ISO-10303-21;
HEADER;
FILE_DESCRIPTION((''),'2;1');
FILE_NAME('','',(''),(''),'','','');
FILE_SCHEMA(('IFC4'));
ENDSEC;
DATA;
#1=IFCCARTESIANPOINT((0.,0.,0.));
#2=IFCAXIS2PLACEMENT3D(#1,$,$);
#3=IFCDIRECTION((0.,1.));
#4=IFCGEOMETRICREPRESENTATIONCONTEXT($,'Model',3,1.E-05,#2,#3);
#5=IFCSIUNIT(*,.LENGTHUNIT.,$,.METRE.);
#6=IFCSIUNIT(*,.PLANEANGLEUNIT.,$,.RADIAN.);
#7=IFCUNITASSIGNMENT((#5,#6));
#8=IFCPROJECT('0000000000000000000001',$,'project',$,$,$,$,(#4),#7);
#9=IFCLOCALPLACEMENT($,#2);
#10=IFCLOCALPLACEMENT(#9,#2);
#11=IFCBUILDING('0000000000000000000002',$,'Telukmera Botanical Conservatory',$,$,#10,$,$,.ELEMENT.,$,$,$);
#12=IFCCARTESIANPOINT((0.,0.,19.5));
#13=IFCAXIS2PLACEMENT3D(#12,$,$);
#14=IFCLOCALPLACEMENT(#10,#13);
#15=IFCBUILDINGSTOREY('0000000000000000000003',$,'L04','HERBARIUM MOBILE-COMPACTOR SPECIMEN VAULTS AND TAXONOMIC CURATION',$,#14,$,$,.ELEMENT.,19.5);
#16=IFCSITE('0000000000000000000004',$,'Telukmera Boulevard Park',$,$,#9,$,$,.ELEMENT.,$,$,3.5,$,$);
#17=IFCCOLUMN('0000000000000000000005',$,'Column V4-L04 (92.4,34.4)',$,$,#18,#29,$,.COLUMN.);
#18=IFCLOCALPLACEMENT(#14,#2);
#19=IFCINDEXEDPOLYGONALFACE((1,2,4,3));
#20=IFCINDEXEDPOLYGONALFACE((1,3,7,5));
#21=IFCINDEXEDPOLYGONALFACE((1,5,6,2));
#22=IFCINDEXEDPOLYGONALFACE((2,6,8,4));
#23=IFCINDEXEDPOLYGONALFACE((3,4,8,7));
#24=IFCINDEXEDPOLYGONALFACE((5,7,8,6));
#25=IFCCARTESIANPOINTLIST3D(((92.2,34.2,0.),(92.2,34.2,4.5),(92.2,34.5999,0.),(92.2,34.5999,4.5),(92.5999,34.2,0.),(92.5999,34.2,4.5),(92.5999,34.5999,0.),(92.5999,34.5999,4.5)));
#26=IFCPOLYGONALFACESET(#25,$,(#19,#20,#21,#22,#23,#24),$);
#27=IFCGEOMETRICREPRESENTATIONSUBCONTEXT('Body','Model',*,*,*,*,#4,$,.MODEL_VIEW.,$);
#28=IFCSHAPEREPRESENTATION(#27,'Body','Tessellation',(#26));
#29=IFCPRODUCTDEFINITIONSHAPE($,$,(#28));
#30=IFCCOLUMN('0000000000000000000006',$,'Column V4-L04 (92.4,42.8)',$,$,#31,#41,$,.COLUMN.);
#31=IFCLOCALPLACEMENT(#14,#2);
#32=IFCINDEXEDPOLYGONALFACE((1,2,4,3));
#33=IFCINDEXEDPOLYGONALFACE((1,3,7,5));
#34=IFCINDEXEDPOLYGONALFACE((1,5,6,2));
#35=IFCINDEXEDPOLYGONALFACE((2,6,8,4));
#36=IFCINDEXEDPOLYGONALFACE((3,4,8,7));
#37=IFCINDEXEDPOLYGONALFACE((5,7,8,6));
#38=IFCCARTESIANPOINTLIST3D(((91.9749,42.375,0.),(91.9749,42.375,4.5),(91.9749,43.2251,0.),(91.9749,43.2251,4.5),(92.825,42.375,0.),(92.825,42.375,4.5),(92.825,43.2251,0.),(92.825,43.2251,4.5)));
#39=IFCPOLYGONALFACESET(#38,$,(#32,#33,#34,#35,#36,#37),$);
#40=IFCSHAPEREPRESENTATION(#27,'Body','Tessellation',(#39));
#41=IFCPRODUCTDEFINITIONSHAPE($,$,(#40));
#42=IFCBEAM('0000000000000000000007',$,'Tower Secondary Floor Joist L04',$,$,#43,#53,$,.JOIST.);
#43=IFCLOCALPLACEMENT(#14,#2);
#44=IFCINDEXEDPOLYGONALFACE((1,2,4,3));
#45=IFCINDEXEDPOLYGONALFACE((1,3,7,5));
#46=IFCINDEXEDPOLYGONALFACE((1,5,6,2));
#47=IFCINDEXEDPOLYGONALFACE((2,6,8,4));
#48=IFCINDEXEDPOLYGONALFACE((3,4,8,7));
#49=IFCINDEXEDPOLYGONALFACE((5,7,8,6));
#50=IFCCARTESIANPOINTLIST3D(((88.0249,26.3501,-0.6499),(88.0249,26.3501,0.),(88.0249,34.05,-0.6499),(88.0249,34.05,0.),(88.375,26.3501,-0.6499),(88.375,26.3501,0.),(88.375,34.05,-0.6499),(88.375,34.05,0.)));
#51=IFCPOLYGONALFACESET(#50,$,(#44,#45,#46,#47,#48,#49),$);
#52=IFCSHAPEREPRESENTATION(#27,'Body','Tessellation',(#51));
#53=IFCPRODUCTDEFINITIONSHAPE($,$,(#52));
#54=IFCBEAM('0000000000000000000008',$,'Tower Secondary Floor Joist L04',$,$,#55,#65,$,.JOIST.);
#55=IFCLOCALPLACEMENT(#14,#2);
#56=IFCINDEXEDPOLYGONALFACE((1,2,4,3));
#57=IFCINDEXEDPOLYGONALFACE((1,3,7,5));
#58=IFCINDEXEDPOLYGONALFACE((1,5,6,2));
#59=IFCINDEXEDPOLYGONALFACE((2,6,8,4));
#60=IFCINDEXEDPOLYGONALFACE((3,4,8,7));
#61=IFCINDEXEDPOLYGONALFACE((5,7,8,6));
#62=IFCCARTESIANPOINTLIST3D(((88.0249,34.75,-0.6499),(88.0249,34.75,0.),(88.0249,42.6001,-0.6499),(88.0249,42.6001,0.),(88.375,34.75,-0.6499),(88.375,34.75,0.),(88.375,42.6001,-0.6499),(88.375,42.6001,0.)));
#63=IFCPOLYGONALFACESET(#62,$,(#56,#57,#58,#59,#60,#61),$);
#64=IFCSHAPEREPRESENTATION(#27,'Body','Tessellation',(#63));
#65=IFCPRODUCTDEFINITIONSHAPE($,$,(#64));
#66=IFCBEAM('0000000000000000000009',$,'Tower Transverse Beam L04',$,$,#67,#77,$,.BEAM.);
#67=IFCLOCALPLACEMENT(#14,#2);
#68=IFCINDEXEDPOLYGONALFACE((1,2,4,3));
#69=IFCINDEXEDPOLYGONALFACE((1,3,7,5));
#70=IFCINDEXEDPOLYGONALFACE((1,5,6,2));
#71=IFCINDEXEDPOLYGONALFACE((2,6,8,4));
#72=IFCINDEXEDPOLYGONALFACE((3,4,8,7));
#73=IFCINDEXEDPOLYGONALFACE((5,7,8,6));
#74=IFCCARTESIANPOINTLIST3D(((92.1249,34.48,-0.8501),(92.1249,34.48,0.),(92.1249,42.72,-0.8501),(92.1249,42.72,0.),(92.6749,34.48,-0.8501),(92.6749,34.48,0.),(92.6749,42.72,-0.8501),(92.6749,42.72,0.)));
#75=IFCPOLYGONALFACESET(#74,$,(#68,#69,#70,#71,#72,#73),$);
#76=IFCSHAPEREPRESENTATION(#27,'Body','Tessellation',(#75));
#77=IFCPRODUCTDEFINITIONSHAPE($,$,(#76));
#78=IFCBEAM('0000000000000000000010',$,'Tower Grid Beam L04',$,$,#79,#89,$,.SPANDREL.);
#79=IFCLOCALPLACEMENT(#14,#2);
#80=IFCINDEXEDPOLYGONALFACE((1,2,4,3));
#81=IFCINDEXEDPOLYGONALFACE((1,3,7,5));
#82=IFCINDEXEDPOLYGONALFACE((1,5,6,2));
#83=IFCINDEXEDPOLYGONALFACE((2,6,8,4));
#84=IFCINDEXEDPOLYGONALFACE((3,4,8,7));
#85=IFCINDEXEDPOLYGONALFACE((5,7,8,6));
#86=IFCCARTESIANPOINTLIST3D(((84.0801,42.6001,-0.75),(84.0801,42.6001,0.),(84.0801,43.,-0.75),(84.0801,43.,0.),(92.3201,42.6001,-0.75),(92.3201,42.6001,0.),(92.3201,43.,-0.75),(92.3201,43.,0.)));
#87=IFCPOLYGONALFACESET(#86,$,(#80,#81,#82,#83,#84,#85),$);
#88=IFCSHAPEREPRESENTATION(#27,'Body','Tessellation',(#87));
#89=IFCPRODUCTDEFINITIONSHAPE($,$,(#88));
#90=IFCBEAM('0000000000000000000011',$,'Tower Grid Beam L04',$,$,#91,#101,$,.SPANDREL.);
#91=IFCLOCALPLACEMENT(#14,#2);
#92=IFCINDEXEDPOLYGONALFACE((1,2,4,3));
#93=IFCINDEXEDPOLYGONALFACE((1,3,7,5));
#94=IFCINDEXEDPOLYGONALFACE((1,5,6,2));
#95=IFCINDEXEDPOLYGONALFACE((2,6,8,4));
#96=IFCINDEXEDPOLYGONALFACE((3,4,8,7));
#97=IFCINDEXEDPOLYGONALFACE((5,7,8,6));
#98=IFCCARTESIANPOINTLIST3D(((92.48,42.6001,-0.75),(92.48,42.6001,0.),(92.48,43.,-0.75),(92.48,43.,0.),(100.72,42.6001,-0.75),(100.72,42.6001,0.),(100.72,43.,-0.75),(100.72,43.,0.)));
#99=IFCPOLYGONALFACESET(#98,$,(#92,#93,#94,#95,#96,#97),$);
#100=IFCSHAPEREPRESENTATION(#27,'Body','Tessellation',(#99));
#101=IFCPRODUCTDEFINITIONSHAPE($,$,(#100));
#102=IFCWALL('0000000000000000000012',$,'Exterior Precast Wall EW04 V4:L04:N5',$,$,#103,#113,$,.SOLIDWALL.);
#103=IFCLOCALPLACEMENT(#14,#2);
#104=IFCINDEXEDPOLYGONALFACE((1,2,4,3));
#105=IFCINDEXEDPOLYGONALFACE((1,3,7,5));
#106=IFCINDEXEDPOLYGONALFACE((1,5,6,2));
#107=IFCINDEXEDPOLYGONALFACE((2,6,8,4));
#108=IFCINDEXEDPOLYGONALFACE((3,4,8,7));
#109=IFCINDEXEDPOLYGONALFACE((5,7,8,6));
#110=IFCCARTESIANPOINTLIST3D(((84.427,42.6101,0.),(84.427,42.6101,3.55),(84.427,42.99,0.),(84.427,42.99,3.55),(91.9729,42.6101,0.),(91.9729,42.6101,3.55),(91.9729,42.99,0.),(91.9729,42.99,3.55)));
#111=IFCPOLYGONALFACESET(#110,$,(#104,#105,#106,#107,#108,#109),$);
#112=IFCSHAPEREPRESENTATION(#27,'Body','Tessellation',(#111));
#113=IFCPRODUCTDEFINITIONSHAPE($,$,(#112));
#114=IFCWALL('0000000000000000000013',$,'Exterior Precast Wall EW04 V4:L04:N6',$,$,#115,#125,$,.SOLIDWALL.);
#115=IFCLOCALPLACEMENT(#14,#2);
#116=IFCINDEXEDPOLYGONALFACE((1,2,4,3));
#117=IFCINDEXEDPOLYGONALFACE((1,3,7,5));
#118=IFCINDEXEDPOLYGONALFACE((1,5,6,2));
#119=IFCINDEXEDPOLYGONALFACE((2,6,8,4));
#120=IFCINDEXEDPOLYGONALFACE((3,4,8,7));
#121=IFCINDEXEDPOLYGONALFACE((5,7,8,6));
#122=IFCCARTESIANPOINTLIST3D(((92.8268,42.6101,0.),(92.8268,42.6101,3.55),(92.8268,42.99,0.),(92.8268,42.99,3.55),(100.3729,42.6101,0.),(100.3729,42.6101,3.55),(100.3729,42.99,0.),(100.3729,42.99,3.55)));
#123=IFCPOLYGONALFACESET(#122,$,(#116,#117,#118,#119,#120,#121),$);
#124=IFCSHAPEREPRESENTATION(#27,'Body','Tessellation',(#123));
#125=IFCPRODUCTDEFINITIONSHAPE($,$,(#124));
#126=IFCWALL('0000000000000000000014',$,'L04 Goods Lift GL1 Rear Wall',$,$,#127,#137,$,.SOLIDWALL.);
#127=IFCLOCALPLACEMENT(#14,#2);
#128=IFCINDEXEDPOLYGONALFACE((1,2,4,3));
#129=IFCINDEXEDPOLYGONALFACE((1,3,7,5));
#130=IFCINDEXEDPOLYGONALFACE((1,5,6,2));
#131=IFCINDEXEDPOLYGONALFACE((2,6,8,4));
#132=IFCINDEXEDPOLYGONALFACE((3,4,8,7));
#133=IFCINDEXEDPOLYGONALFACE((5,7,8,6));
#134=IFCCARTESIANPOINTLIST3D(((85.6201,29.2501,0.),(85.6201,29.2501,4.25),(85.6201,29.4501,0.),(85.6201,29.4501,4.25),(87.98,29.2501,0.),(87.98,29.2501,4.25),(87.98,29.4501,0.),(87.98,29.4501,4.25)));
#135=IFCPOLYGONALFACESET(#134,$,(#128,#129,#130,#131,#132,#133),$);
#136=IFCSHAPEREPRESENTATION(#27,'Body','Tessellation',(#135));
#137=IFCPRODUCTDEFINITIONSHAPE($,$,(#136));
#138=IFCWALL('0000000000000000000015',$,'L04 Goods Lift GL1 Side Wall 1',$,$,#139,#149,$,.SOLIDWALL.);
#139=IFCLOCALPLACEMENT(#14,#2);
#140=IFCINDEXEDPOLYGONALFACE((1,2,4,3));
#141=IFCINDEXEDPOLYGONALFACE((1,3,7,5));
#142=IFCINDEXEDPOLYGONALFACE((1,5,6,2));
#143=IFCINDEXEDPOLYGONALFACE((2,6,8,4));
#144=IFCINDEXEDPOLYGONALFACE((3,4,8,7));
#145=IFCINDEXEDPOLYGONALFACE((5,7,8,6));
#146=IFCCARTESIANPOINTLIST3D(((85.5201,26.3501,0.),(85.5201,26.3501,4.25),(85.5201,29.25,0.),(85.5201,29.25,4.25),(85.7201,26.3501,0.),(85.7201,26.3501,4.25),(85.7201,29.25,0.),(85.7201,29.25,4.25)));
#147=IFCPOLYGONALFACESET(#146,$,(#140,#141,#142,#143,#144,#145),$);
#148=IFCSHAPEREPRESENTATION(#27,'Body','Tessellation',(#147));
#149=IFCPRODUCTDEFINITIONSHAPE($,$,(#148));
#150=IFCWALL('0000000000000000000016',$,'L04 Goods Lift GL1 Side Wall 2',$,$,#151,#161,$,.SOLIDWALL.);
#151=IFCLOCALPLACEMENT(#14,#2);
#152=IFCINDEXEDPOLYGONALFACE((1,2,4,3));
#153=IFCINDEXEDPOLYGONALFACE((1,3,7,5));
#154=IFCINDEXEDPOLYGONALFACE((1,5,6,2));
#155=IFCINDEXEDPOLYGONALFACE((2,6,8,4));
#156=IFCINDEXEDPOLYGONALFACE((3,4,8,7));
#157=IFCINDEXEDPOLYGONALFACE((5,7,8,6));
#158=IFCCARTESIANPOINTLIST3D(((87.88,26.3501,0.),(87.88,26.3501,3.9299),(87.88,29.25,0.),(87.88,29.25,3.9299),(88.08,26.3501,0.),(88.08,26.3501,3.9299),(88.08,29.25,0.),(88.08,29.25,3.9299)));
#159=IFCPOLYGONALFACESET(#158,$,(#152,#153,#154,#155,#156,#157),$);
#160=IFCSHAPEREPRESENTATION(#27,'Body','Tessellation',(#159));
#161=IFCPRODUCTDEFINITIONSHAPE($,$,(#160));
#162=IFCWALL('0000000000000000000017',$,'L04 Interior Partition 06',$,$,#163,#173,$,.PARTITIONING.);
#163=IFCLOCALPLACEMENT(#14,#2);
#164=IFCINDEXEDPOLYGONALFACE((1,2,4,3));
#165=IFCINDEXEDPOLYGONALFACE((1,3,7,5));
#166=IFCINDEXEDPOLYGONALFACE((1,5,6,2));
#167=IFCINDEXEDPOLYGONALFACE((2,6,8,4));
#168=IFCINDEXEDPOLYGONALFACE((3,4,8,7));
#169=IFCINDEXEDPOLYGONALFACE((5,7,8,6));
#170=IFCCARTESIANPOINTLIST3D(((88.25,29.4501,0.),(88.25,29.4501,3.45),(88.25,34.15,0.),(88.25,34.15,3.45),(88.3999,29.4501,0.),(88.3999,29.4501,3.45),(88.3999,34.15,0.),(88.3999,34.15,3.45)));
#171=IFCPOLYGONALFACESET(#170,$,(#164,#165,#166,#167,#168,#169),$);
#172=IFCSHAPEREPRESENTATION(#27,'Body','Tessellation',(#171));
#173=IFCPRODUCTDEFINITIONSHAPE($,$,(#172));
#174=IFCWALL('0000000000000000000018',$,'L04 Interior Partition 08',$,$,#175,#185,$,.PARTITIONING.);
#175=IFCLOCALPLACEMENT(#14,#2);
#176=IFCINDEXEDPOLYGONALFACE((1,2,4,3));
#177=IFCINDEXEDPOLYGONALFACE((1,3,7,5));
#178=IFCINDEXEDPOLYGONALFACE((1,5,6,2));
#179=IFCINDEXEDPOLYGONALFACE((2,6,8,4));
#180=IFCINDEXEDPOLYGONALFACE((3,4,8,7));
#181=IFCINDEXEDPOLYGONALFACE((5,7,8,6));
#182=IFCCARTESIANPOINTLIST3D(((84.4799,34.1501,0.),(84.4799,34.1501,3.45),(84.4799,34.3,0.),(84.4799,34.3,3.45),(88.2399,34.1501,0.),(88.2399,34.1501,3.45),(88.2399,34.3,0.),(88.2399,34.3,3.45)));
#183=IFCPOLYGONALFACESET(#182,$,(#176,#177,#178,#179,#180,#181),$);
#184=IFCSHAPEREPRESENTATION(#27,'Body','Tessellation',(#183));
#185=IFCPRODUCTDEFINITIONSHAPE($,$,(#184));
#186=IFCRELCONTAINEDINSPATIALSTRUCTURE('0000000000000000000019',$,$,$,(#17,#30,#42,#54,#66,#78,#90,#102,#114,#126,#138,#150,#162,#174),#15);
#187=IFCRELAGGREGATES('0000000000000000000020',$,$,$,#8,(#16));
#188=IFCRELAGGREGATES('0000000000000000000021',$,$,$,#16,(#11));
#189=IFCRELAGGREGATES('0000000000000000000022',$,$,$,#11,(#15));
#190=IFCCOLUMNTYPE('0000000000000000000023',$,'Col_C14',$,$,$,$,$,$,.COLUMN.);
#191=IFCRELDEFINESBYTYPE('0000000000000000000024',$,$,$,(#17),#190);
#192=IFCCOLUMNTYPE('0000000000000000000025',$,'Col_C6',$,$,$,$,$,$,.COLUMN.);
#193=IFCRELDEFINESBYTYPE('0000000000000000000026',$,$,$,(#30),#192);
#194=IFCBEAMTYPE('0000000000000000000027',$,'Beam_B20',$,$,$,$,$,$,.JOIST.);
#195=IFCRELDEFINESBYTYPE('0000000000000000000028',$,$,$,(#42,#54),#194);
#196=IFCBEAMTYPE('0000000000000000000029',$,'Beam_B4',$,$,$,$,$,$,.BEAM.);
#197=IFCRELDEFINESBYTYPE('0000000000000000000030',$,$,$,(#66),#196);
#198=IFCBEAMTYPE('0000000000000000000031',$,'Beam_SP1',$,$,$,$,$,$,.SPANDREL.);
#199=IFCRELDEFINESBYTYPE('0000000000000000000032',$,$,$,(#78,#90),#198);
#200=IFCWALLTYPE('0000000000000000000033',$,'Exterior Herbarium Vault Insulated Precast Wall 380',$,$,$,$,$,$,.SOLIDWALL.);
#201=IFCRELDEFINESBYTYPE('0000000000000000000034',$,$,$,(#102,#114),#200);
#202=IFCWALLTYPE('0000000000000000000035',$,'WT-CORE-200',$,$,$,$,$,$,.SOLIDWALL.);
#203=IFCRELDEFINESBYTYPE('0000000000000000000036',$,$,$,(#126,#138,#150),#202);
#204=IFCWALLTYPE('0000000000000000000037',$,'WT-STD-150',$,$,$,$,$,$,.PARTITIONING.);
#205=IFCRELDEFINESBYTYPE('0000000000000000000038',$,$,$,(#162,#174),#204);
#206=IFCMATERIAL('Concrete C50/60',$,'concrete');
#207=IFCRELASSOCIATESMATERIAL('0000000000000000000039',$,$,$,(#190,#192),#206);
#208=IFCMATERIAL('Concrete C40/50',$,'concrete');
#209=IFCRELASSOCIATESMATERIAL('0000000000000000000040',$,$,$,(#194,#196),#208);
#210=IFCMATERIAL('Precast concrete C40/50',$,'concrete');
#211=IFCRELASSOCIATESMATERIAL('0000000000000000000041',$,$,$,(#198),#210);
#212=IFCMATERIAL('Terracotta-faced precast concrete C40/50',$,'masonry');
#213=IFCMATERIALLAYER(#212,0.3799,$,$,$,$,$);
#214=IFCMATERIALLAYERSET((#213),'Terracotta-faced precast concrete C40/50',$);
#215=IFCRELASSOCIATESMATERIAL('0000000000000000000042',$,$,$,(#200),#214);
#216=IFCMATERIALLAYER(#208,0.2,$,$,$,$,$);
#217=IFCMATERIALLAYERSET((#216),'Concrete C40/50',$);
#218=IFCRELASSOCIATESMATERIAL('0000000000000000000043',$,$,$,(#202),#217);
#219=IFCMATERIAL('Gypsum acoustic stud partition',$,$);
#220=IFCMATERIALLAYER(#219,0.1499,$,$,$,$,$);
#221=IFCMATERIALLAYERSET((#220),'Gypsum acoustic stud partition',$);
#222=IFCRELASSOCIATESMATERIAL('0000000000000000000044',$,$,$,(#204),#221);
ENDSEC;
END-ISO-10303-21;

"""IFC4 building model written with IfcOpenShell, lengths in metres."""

from ifc_helpers import new_model, si_unit, direction, frame, frame_2d, origin, origin_2d, place, context, subcontext, project, spatial, rectangle, extrude, material, layer, layer_set, material_profile, profile_set, type_object, element, save


model = new_model("IFC4")

# Units and contexts
model_context = context("Model", 3, precision=1e-05, world=origin(), true_north=direction((0.0, 1.0)))
body_context = subcontext(model_context, "Body", "Model", "MODEL_VIEW")
ifc_project = project(units=[si_unit("LENGTHUNIT", "METRE"), si_unit("PLANEANGLEUNIT", "RADIAN")], contexts=[model_context])

# Site, building, storey
site_placement = place(None, origin())
site = spatial("IfcSite", under=ifc_project, at=site_placement, Name="Telukmera Boulevard Park", CompositionType="ELEMENT", RefElevation=3.5)
building_placement = place(site_placement, origin())
building = spatial("IfcBuilding", under=site, at=building_placement, Name="Telukmera Botanical Conservatory", CompositionType="ELEMENT")
storey_placement = place(building_placement, frame((0.0, 0.0, 19.5)))
storey = spatial("IfcBuildingStorey", under=building, at=storey_placement, Name="L04", Description="HERBARIUM MOBILE-COMPACTOR SPECIMEN VAULTS AND TAXONOMIC CURATION", CompositionType="ELEMENT", Elevation=19.5)

# Columns
ifc_material_1 = material(Name="Concrete C50/60", Category="concrete")
ifc_material_profile_1 = material_profile(ifc_material_1, rectangle(XDim=0.3999, YDim=0.3999, at=origin_2d()), Name="RC 400x400")
ifc_profile_set_1 = profile_set([ifc_material_profile_1], Name="Concrete C50/60")
column_type_1 = type_object("IfcColumnType", Name="Col_C14", PredefinedType="COLUMN", material=ifc_profile_set_1)
column_1_placement = place(storey_placement, frame((92.3999, 34.3999, 0.0), z_axis=(0.0, 0.0, 1.0), x_axis=(1.0, 0.0, 0.0)))
element("IfcColumn", 1, at=column_1_placement, inside=storey, type_object=column_type_1, Name="Column V4-L04 (92.4,34.4)", PredefinedType="COLUMN", context=body_context, shape_type="SweptSolid", body=[
    extrude(rectangle(XDim=0.3999, YDim=0.3999, at=origin_2d()), origin(), (0.0, 0.0, 1.0), 4.5),
])
ifc_material_profile_2 = material_profile(ifc_material_1, rectangle(XDim=0.8501, YDim=0.8501, at=origin_2d()), Name="RC 850x850")
ifc_profile_set_2 = profile_set([ifc_material_profile_2], Name="Concrete C50/60")
column_type_2 = type_object("IfcColumnType", Name="Col_C6", PredefinedType="COLUMN", material=ifc_profile_set_2)
column_2_placement = place(storey_placement, frame((92.3999, 42.8, 0.0), z_axis=(0.0, 0.0, 1.0), x_axis=(1.0, 0.0, 0.0)))
element("IfcColumn", 2, at=column_2_placement, inside=storey, type_object=column_type_2, Name="Column V4-L04 (92.4,42.8)", PredefinedType="COLUMN", context=body_context, shape_type="SweptSolid", body=[
    extrude(rectangle(XDim=0.8501, YDim=0.8501, at=origin_2d()), origin(), (0.0, 0.0, 1.0), 4.5),
])

# Beams
ifc_material_2 = material(Name="Concrete C40/50", Category="concrete")
ifc_material_profile_3 = material_profile(ifc_material_2, rectangle(XDim=0.3501, YDim=0.6499, at=origin_2d()), Name="RC 350x650")
ifc_profile_set_3 = profile_set([ifc_material_profile_3], Name="Concrete C40/50")
beam_type_1 = type_object("IfcBeamType", Name="Beam_B20", PredefinedType="JOIST", material=ifc_profile_set_3)
beam_1_placement = place(storey_placement, frame((88.2, 26.3501, -0.325), z_axis=(0.0, 1.0, 0.0), x_axis=(-1.0, 0.0, 0.0)))
element("IfcBeam", 3, at=beam_1_placement, inside=storey, type_object=beam_type_1, Name="Tower Secondary Floor Joist L04", PredefinedType="JOIST", context=body_context, shape_type="SweptSolid", body=[
    extrude(rectangle(XDim=0.3501, YDim=0.6499, at=origin_2d()), origin(), (0.0, 0.0, 1.0), 7.7),
])
beam_2_placement = place(storey_placement, frame((88.2, 34.75, -0.325), z_axis=(0.0, 1.0, 0.0), x_axis=(-1.0, 0.0, 0.0)))
element("IfcBeam", 4, at=beam_2_placement, inside=storey, type_object=beam_type_1, Name="Tower Secondary Floor Joist L04", PredefinedType="JOIST", context=body_context, shape_type="SweptSolid", body=[
    extrude(rectangle(XDim=0.3501, YDim=0.6499, at=origin_2d()), origin(), (0.0, 0.0, 1.0), 7.8501),
])
ifc_material_profile_4 = material_profile(ifc_material_2, rectangle(XDim=0.55, YDim=0.8501, at=origin_2d()), Name="RC 550x850")
ifc_profile_set_4 = profile_set([ifc_material_profile_4], Name="Concrete C40/50")
beam_type_2 = type_object("IfcBeamType", Name="Beam_B4", PredefinedType="BEAM", material=ifc_profile_set_4)
beam_3_placement = place(storey_placement, frame((92.3999, 34.48, -0.425), z_axis=(0.0, 1.0, 0.0), x_axis=(-1.0, 0.0, 0.0)))
element("IfcBeam", 5, at=beam_3_placement, inside=storey, type_object=beam_type_2, Name="Tower Transverse Beam L04", PredefinedType="BEAM", context=body_context, shape_type="SweptSolid", body=[
    extrude(rectangle(XDim=0.55, YDim=0.8501, at=origin_2d()), origin(), (0.0, 0.0, 1.0), 8.24),
])
ifc_material_3 = material(Name="Precast concrete C40/50", Category="concrete")
ifc_material_profile_5 = material_profile(ifc_material_3, rectangle(XDim=0.3999, YDim=0.75, at=origin_2d()), Name="PC 400x750")
ifc_profile_set_5 = profile_set([ifc_material_profile_5], Name="Precast concrete C40/50")
beam_type_3 = type_object("IfcBeamType", Name="Beam_SP1", PredefinedType="SPANDREL", material=ifc_profile_set_5)
for number, where, z_axis, x_axis, name in (
    (6, (84.0801, 42.8, -0.375), (1.0, 0.0, 0.0), (0.0, 1.0, 0.0), "Tower Grid Beam L04"),
    (7, (92.48, 42.8, -0.375), (1.0, 0.0, 0.0), (0.0, 1.0, 0.0), "Tower Grid Beam L04"),
):
    element("IfcBeam", number, at=place(storey_placement, frame(where, z_axis=z_axis, x_axis=x_axis)), inside=storey, type_object=beam_type_3, Name=name, PredefinedType="SPANDREL", context=body_context, shape_type="SweptSolid", body=[
        extrude(rectangle(XDim=0.3999, YDim=0.75, at=origin_2d()), origin(), (0.0, 0.0, 1.0), 8.24),
    ])

# Walls
ifc_material_4 = material(Name="Terracotta-faced precast concrete C40/50", Category="masonry")
ifc_layer_1 = layer(ifc_material_4, 0.3799)
ifc_layer_set_1 = layer_set([ifc_layer_1], Name="Terracotta-faced precast concrete C40/50")
wall_type_1 = type_object("IfcWallType", Name="Exterior Herbarium Vault Insulated Precast Wall 380", PredefinedType="SOLIDWALL", material=ifc_layer_set_1)
wall_1_placement = place(storey_placement, frame((84.427, 42.8, 0.0), z_axis=(0.0, 0.0, 1.0), x_axis=(1.0, 0.0, 0.0)))
element("IfcWall", 8, at=wall_1_placement, inside=storey, type_object=wall_type_1, Name="Exterior Precast Wall EW04 V4:L04:N5", PredefinedType="SOLIDWALL", context=body_context, shape_type="SweptSolid", body=[
    extrude(rectangle(XDim=7.5459, YDim=0.3799, at=frame_2d((3.7729, 0.0))), origin(), (0.0, 0.0, 1.0), 3.55),
])
wall_2_placement = place(storey_placement, frame((92.8269, 42.8, 0.0), z_axis=(0.0, 0.0, 1.0), x_axis=(1.0, 0.0, 0.0)))
element("IfcWall", 9, at=wall_2_placement, inside=storey, type_object=wall_type_1, Name="Exterior Precast Wall EW04 V4:L04:N6", PredefinedType="SOLIDWALL", context=body_context, shape_type="SweptSolid", body=[
    extrude(rectangle(XDim=7.5461, YDim=0.3799, at=frame_2d((3.7729, 0.0))), origin(), (0.0, 0.0, 1.0), 3.55),
])

# Shared definitions
ifc_layer_2 = layer(ifc_material_2, 0.2)
ifc_layer_set_2 = layer_set([ifc_layer_2], Name="Concrete C40/50")
wall_type_2 = type_object("IfcWallType", Name="WT-CORE-200", PredefinedType="SOLIDWALL", material=ifc_layer_set_2)

# Walls
wall_3_placement = place(storey_placement, frame((85.6201, 29.3501, 0.0), z_axis=(0.0, 0.0, 1.0), x_axis=(1.0, 0.0, 0.0)))
element("IfcWall", 10, at=wall_3_placement, inside=storey, type_object=wall_type_2, Name="L04 Goods Lift GL1 Rear Wall", PredefinedType="SOLIDWALL", context=body_context, shape_type="SweptSolid", body=[
    extrude(rectangle(XDim=2.3599, YDim=0.2, at=frame_2d((1.1799, 0.0))), origin(), (0.0, 0.0, 1.0), 4.25),
])
wall_4_placement = place(storey_placement, frame((85.6201, 26.3501, 0.0), z_axis=(0.0, 0.0, 1.0), x_axis=(0.0, 1.0, 0.0)))
element("IfcWall", 11, at=wall_4_placement, inside=storey, type_object=wall_type_2, Name="L04 Goods Lift GL1 Side Wall 1", PredefinedType="SOLIDWALL", context=body_context, shape_type="SweptSolid", body=[
    extrude(rectangle(XDim=2.8999, YDim=0.2, at=frame_2d((1.45, 0.0))), origin(), (0.0, 0.0, 1.0), 4.25),
])
wall_5_placement = place(storey_placement, frame((87.98, 26.3501, 0.0), z_axis=(0.0, 0.0, 1.0), x_axis=(0.0, 1.0, 0.0)))
element("IfcWall", 12, at=wall_5_placement, inside=storey, type_object=wall_type_2, Name="L04 Goods Lift GL1 Side Wall 2", PredefinedType="SOLIDWALL", context=body_context, shape_type="SweptSolid", body=[
    extrude(rectangle(XDim=2.8999, YDim=0.2, at=frame_2d((1.45, 0.0))), origin(), (0.0, 0.0, 1.0), 3.9299),
])
ifc_material_5 = material(Name="Gypsum acoustic stud partition")
ifc_layer_3 = layer(ifc_material_5, 0.1499)
ifc_layer_set_3 = layer_set([ifc_layer_3], Name="Gypsum acoustic stud partition")
wall_type_3 = type_object("IfcWallType", Name="WT-STD-150", PredefinedType="PARTITIONING", material=ifc_layer_set_3)
wall_6_placement = place(storey_placement, frame((88.325, 29.45, 0.0), z_axis=(0.0, 0.0, 1.0), x_axis=(0.0, 1.0, 0.0)))
element("IfcWall", 13, at=wall_6_placement, inside=storey, type_object=wall_type_3, Name="L04 Interior Partition 06", PredefinedType="PARTITIONING", context=body_context, shape_type="SweptSolid", body=[
    extrude(rectangle(XDim=4.7, YDim=0.1499, at=frame_2d((2.3501, 0.0))), origin(), (0.0, 0.0, 1.0), 3.45),
])
wall_7_placement = place(storey_placement, frame((84.48, 34.2251, 0.0), z_axis=(0.0, 0.0, 1.0), x_axis=(1.0, 0.0, 0.0)))
element("IfcWall", 14, at=wall_7_placement, inside=storey, type_object=wall_type_3, Name="L04 Interior Partition 08", PredefinedType="PARTITIONING", context=body_context, shape_type="SweptSolid", body=[
    extrude(rectangle(XDim=3.76, YDim=0.1499, at=frame_2d((1.8799, 0.0))), origin(), (0.0, 0.0, 1.0), 3.45),
])

save(model, "model.ifc")
